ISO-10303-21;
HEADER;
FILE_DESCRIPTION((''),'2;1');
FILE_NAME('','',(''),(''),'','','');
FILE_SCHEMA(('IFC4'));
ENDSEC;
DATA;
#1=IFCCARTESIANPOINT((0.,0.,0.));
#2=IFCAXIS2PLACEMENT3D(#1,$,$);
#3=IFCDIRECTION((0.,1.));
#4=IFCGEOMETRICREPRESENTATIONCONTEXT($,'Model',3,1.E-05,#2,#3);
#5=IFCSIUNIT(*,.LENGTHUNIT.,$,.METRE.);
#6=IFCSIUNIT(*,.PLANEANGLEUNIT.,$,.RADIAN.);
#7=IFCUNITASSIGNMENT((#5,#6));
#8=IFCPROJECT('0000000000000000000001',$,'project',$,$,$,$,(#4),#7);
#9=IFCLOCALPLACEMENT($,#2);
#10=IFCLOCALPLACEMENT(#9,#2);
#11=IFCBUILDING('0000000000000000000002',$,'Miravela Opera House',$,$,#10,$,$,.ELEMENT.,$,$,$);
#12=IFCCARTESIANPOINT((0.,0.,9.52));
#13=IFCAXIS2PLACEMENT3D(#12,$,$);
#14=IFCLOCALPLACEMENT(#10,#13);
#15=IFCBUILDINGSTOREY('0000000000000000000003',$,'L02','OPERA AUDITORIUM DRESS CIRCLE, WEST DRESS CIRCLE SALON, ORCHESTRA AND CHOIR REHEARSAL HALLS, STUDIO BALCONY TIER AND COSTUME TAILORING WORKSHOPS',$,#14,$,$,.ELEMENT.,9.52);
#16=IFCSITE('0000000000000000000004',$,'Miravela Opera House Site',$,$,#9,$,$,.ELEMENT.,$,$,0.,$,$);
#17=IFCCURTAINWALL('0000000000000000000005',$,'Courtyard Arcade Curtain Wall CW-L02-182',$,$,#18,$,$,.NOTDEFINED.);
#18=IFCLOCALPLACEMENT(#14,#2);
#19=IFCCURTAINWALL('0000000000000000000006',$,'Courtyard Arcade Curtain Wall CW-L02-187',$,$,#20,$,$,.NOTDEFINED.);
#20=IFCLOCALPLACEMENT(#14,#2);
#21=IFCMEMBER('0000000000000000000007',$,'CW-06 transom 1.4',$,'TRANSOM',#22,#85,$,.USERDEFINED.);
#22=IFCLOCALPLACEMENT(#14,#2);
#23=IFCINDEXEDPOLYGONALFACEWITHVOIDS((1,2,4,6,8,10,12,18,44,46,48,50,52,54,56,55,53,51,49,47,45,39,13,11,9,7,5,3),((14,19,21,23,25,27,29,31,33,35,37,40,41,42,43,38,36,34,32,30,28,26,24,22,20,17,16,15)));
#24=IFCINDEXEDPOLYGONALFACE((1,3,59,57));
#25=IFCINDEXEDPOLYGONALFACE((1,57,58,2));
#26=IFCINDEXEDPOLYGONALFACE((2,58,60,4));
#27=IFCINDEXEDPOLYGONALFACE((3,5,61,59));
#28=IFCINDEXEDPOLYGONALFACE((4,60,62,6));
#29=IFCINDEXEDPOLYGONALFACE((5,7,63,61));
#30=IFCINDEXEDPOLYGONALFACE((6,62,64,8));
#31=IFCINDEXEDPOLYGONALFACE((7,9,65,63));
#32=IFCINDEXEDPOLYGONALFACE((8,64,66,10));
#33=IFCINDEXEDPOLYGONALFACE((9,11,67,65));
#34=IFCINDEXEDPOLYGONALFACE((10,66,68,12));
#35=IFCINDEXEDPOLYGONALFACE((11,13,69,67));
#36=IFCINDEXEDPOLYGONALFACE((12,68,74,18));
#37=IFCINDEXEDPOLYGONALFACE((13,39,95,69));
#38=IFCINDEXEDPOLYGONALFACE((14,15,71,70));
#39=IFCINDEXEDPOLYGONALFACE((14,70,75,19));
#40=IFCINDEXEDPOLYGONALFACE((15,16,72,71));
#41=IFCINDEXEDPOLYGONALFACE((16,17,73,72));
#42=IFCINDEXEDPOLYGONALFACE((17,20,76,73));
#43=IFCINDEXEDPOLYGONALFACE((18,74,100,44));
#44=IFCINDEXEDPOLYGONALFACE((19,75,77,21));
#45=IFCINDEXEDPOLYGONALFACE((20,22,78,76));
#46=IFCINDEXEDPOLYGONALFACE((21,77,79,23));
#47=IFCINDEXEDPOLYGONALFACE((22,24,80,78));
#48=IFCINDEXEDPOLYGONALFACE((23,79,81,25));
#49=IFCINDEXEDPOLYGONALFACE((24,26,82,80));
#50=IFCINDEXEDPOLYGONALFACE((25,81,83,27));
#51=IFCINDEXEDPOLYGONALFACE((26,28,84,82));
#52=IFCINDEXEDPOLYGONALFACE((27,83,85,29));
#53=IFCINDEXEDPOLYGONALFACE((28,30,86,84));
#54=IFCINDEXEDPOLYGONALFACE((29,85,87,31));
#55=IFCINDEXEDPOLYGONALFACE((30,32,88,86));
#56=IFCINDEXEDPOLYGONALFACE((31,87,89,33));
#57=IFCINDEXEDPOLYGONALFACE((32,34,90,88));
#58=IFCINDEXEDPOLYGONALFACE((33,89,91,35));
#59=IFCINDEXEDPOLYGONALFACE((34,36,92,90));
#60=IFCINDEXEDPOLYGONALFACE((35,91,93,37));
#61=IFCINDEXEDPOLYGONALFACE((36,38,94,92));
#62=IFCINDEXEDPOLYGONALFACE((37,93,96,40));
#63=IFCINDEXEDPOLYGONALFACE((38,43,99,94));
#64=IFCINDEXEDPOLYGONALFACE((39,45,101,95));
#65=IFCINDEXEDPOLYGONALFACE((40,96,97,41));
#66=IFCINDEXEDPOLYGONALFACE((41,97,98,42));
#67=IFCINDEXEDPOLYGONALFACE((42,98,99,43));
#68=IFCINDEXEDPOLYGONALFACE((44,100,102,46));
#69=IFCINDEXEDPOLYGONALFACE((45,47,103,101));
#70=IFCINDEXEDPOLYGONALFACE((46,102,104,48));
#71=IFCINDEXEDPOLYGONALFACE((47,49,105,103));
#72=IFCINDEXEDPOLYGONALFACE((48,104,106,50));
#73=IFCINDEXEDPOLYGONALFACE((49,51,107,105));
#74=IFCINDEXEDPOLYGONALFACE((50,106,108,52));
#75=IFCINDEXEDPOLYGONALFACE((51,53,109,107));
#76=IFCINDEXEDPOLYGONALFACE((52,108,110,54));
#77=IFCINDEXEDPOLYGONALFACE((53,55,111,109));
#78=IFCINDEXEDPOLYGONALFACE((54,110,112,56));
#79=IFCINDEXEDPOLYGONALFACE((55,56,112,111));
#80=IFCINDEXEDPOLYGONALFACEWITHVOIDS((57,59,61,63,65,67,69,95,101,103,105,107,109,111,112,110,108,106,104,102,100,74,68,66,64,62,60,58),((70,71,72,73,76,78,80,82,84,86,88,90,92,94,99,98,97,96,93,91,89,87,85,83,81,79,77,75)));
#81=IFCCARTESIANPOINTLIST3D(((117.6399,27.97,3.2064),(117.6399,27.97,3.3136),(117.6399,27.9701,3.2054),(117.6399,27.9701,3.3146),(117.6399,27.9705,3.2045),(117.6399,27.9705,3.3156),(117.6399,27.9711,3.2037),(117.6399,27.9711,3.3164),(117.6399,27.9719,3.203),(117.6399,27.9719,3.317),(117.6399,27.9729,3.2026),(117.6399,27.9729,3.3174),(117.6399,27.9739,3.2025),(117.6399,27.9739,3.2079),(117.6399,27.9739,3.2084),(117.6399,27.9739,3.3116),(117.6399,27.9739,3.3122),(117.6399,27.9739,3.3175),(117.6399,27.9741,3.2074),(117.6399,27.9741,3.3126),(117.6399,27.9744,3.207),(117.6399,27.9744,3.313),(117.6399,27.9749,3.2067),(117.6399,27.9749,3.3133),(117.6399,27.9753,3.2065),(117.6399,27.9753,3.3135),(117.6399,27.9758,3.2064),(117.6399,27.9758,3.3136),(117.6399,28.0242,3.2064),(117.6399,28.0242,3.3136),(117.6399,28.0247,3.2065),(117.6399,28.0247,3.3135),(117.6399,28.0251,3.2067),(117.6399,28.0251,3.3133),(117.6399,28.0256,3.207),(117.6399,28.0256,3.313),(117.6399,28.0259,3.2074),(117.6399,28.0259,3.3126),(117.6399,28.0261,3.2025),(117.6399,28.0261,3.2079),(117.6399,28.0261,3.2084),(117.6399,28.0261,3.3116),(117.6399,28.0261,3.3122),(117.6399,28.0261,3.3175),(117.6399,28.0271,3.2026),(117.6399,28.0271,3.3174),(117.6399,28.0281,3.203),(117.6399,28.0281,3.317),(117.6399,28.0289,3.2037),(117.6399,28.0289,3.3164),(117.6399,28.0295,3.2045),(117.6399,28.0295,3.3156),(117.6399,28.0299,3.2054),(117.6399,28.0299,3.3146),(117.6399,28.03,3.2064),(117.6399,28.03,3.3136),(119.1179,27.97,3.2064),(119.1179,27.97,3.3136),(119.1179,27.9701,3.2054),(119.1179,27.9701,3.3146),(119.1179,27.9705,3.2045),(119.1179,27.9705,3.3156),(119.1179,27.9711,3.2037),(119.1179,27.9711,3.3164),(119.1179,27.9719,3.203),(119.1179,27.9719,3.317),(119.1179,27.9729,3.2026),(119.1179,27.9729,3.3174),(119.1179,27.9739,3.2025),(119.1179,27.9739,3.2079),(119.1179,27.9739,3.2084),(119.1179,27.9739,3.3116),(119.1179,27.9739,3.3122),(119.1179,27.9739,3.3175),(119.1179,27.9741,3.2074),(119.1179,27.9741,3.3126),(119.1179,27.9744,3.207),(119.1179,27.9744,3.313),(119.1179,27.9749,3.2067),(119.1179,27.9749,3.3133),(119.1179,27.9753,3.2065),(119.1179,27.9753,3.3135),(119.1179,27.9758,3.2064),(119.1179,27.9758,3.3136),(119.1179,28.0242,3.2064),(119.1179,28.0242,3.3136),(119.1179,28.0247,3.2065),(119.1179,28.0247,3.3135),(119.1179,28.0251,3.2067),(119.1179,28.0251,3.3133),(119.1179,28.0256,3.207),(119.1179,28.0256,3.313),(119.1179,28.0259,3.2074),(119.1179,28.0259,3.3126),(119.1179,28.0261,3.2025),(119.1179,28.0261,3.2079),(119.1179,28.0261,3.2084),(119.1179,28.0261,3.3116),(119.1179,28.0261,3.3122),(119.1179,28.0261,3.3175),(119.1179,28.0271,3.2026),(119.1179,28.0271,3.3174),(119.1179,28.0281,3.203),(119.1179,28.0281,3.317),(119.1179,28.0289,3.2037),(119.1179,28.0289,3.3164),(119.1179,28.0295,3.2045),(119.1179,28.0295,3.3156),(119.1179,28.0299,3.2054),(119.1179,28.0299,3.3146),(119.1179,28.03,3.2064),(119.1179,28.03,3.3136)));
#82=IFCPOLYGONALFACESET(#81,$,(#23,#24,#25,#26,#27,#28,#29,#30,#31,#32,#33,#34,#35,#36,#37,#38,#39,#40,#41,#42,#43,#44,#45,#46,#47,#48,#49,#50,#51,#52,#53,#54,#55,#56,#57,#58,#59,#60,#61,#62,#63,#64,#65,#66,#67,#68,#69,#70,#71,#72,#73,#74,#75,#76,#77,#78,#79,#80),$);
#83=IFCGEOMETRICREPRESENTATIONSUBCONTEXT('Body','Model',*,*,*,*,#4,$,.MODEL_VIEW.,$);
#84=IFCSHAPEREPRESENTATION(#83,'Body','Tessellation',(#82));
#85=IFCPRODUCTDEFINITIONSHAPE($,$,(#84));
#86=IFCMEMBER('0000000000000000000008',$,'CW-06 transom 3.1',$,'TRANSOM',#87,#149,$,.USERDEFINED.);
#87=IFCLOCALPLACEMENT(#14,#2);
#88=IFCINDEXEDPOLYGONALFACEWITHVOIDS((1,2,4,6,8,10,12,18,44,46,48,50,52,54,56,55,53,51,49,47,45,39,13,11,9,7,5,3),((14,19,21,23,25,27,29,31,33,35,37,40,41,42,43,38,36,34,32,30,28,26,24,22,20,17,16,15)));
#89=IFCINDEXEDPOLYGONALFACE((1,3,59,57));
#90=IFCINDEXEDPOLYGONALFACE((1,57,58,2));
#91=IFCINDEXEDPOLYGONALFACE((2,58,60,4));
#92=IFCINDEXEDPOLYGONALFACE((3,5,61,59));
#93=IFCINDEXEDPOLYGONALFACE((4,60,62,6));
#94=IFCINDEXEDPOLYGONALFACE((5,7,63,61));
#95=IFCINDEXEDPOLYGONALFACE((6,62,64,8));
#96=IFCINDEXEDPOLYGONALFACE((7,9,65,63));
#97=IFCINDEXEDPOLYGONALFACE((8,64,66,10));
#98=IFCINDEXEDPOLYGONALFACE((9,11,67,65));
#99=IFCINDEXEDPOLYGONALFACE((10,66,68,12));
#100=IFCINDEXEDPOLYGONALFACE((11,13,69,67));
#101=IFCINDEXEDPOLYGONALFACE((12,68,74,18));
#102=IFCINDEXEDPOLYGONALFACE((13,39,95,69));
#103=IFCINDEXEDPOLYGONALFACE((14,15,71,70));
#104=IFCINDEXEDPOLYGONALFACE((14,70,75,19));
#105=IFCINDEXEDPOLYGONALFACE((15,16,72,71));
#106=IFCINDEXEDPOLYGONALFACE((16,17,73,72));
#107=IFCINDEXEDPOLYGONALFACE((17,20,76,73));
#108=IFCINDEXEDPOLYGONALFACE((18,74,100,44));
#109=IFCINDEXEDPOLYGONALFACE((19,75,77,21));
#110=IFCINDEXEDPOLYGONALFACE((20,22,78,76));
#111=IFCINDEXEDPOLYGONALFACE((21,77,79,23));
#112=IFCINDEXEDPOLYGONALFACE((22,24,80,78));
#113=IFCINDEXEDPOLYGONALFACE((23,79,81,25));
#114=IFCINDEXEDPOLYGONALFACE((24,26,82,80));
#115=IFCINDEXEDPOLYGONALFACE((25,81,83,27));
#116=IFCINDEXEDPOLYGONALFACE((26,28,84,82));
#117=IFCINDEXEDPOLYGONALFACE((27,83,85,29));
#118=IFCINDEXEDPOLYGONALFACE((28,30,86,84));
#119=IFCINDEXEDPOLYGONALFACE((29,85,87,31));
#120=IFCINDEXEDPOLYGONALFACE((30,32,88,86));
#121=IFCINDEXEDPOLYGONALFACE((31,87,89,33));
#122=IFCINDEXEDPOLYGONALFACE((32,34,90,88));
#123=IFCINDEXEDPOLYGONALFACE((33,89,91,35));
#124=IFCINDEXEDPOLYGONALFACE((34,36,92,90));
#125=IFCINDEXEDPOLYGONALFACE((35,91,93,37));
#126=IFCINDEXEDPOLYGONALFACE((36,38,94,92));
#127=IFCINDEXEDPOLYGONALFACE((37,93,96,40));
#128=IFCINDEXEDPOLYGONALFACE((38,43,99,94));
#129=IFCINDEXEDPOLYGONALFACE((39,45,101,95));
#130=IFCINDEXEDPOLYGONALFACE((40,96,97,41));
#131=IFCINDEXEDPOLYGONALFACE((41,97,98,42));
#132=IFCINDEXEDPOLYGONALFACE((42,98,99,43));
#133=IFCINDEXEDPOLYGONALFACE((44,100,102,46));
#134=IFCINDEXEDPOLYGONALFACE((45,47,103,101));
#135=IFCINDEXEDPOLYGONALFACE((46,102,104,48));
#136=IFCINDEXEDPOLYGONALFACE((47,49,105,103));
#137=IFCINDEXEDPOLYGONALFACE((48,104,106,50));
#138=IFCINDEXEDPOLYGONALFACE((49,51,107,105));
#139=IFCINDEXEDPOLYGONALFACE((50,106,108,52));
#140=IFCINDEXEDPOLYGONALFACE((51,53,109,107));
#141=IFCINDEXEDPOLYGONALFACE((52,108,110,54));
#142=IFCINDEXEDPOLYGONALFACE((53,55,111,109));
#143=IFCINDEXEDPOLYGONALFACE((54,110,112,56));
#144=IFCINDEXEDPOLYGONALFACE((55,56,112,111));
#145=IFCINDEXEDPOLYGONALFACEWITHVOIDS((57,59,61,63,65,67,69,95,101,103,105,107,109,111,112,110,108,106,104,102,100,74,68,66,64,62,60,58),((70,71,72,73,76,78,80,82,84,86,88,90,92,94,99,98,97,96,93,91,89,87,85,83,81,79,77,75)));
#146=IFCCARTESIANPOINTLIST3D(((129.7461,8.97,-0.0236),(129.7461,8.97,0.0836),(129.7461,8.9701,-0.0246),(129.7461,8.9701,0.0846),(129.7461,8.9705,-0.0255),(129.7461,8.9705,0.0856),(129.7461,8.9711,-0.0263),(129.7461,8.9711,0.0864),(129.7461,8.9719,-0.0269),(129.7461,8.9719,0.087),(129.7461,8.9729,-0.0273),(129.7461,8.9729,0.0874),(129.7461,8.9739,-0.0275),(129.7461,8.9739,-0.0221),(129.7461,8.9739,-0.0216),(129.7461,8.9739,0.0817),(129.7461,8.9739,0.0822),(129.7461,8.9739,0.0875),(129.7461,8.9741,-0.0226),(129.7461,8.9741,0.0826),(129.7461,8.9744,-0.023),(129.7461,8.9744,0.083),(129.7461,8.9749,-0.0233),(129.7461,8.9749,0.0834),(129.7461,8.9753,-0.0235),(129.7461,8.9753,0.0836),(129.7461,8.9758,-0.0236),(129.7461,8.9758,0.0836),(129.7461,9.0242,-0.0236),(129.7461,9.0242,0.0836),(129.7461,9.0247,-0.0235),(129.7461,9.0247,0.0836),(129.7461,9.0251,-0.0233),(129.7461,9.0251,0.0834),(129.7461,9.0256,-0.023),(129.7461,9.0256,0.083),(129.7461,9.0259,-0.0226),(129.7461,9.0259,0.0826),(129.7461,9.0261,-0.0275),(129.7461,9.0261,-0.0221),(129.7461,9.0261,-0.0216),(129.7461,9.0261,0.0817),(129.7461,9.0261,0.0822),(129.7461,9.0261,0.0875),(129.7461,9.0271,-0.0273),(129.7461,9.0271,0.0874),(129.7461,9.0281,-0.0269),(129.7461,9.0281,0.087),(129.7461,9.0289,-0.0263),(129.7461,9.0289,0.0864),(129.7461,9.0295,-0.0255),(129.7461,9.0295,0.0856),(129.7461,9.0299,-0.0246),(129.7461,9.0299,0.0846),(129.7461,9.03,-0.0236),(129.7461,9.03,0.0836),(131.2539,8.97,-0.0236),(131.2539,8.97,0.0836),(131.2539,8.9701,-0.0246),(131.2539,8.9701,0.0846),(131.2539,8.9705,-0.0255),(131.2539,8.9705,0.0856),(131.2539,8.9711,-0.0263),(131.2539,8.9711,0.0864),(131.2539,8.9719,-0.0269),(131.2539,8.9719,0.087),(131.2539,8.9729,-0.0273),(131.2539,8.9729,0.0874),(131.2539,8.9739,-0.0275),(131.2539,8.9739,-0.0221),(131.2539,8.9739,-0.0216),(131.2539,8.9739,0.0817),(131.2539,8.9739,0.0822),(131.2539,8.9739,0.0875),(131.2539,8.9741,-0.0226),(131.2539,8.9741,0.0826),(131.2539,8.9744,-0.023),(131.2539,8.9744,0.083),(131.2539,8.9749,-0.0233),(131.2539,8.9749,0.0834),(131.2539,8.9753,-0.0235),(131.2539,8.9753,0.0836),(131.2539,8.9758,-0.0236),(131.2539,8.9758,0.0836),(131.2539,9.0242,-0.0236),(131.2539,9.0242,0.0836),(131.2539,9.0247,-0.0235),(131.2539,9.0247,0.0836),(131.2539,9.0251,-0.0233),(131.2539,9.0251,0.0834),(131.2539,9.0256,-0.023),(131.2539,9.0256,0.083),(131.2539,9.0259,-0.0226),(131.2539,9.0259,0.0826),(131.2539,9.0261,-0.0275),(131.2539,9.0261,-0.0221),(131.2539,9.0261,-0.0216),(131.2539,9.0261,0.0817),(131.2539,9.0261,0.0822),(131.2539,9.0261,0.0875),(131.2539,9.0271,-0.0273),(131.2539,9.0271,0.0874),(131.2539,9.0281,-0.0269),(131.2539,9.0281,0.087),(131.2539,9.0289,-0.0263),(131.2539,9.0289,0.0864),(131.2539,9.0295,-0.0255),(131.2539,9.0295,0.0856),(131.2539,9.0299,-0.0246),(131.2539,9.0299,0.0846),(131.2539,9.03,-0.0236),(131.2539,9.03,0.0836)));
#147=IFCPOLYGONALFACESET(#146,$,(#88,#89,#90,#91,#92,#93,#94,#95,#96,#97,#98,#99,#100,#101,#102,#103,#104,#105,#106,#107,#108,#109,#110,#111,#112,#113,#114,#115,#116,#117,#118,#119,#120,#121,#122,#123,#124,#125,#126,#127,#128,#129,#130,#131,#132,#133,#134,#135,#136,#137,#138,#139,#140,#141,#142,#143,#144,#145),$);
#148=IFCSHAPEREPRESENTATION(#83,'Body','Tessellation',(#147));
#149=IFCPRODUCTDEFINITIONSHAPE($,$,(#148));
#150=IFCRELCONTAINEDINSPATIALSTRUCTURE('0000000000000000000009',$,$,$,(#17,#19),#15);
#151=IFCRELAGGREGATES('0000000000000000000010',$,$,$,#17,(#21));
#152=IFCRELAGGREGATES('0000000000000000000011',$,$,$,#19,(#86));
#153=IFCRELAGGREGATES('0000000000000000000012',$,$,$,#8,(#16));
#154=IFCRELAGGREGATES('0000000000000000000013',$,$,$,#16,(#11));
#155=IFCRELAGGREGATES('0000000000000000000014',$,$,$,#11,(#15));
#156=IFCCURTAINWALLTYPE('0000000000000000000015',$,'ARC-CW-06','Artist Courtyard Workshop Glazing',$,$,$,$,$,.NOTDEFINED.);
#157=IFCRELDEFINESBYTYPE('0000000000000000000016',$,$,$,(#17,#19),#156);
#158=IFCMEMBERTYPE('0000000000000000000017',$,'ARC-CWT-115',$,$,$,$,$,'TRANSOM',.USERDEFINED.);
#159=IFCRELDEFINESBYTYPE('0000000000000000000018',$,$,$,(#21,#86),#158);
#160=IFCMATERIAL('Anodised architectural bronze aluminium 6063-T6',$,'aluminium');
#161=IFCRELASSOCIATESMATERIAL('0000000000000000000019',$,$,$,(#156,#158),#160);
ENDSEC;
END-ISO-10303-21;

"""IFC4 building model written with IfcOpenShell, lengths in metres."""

from ifc_helpers import new_model, si_unit, direction, frame, origin, origin_2d, place, context, subcontext, project, spatial, hollow_rectangle, extrude, material, material_profile, profile_set, type_object, element, aggregate, save


model = new_model("IFC4")

# Units and contexts
model_context = context("Model", 3, precision=1e-05, world=origin(), true_north=direction((0.0, 1.0)))
body_context = subcontext(model_context, "Body", "Model", "MODEL_VIEW")
ifc_project = project(units=[si_unit("LENGTHUNIT", "METRE"), si_unit("PLANEANGLEUNIT", "RADIAN")], contexts=[model_context])

# Site, building, storey
site_placement = place(None, origin())
site = spatial("IfcSite", under=ifc_project, at=site_placement, Name="Miravela Opera House Site", CompositionType="ELEMENT", RefElevation=0.0)
building_placement = place(site_placement, origin())
building = spatial("IfcBuilding", under=site, at=building_placement, Name="Miravela Opera House", CompositionType="ELEMENT")
storey_placement = place(building_placement, frame((0.0, 0.0, 9.52)))
storey = spatial("IfcBuildingStorey", under=building, at=storey_placement, Name="L02", Description="OPERA AUDITORIUM DRESS CIRCLE, WEST DRESS CIRCLE SALON, ORCHESTRA AND CHOIR REHEARSAL HALLS, STUDIO BALCONY TIER AND COSTUME TAILORING WORKSHOPS", CompositionType="ELEMENT", Elevation=9.52)

# Curtain wall
ifc_material_1 = material(Name="Anodised architectural bronze aluminium 6063-T6", Category="aluminium")
curtain_wall_type = type_object("IfcCurtainWallType", Name="ARC-CW-06", Description="Artist Courtyard Workshop Glazing", PredefinedType="NOTDEFINED", material=ifc_material_1)
curtain_wall_1_placement = place(storey_placement, origin())
curtain_wall_1 = element("IfcCurtainWall", 1, at=curtain_wall_1_placement, inside=storey, type_object=curtain_wall_type, Name="Courtyard Arcade Curtain Wall CW-L02-182", PredefinedType="NOTDEFINED")

# Curtain wall
curtain_wall_2_placement = place(storey_placement, origin())
curtain_wall_2 = element("IfcCurtainWall", 2, at=curtain_wall_2_placement, inside=storey, type_object=curtain_wall_type, Name="Courtyard Arcade Curtain Wall CW-L02-187", PredefinedType="NOTDEFINED")

# Members
ifc_material_profile_1 = material_profile(ifc_material_1, hollow_rectangle(XDim=0.0601, YDim=0.115, WallThickness=0.0039, InnerFilletRadius=0.002, OuterFilletRadius=0.0039, at=origin_2d()), Name="CWT-60X115")
ifc_profile_set_1 = profile_set([ifc_material_profile_1])
member_type_1 = type_object("IfcMemberType", Name="ARC-CWT-115", ElementType="TRANSOM", PredefinedType="USERDEFINED", material=ifc_profile_set_1)
member_1_placement = place(storey_placement, frame((117.6399, 28.0, 3.26), z_axis=(1.0, 0.0, 0.0), x_axis=(0.0, 1.0, 0.0)))
member_1 = element("IfcMember", 3, at=member_1_placement, type_object=member_type_1, Name="CW-06 transom 1.4", ObjectType="TRANSOM", PredefinedType="USERDEFINED", context=body_context, shape_type="SweptSolid", body=[
    extrude(hollow_rectangle(XDim=0.0601, YDim=0.115, WallThickness=0.0039, InnerFilletRadius=0.002, OuterFilletRadius=0.0039, at=origin_2d()), origin(), (0.0, 0.0, 1.0), 1.478),
])
member_2_placement = place(storey_placement, frame((129.7461, 9.0, 0.03), z_axis=(1.0, 0.0, 0.0), x_axis=(0.0, 1.0, 0.0)))
member_2 = element("IfcMember", 4, at=member_2_placement, type_object=member_type_1, Name="CW-06 transom 3.1", ObjectType="TRANSOM", PredefinedType="USERDEFINED", context=body_context, shape_type="SweptSolid", body=[
    extrude(hollow_rectangle(XDim=0.0601, YDim=0.115, WallThickness=0.0039, InnerFilletRadius=0.002, OuterFilletRadius=0.0039, at=origin_2d()), origin(), (0.0, 0.0, 1.0), 1.5078),
])

aggregate(curtain_wall_1, [member_1])
aggregate(curtain_wall_2, [member_2])

save(model, "model.ifc")
